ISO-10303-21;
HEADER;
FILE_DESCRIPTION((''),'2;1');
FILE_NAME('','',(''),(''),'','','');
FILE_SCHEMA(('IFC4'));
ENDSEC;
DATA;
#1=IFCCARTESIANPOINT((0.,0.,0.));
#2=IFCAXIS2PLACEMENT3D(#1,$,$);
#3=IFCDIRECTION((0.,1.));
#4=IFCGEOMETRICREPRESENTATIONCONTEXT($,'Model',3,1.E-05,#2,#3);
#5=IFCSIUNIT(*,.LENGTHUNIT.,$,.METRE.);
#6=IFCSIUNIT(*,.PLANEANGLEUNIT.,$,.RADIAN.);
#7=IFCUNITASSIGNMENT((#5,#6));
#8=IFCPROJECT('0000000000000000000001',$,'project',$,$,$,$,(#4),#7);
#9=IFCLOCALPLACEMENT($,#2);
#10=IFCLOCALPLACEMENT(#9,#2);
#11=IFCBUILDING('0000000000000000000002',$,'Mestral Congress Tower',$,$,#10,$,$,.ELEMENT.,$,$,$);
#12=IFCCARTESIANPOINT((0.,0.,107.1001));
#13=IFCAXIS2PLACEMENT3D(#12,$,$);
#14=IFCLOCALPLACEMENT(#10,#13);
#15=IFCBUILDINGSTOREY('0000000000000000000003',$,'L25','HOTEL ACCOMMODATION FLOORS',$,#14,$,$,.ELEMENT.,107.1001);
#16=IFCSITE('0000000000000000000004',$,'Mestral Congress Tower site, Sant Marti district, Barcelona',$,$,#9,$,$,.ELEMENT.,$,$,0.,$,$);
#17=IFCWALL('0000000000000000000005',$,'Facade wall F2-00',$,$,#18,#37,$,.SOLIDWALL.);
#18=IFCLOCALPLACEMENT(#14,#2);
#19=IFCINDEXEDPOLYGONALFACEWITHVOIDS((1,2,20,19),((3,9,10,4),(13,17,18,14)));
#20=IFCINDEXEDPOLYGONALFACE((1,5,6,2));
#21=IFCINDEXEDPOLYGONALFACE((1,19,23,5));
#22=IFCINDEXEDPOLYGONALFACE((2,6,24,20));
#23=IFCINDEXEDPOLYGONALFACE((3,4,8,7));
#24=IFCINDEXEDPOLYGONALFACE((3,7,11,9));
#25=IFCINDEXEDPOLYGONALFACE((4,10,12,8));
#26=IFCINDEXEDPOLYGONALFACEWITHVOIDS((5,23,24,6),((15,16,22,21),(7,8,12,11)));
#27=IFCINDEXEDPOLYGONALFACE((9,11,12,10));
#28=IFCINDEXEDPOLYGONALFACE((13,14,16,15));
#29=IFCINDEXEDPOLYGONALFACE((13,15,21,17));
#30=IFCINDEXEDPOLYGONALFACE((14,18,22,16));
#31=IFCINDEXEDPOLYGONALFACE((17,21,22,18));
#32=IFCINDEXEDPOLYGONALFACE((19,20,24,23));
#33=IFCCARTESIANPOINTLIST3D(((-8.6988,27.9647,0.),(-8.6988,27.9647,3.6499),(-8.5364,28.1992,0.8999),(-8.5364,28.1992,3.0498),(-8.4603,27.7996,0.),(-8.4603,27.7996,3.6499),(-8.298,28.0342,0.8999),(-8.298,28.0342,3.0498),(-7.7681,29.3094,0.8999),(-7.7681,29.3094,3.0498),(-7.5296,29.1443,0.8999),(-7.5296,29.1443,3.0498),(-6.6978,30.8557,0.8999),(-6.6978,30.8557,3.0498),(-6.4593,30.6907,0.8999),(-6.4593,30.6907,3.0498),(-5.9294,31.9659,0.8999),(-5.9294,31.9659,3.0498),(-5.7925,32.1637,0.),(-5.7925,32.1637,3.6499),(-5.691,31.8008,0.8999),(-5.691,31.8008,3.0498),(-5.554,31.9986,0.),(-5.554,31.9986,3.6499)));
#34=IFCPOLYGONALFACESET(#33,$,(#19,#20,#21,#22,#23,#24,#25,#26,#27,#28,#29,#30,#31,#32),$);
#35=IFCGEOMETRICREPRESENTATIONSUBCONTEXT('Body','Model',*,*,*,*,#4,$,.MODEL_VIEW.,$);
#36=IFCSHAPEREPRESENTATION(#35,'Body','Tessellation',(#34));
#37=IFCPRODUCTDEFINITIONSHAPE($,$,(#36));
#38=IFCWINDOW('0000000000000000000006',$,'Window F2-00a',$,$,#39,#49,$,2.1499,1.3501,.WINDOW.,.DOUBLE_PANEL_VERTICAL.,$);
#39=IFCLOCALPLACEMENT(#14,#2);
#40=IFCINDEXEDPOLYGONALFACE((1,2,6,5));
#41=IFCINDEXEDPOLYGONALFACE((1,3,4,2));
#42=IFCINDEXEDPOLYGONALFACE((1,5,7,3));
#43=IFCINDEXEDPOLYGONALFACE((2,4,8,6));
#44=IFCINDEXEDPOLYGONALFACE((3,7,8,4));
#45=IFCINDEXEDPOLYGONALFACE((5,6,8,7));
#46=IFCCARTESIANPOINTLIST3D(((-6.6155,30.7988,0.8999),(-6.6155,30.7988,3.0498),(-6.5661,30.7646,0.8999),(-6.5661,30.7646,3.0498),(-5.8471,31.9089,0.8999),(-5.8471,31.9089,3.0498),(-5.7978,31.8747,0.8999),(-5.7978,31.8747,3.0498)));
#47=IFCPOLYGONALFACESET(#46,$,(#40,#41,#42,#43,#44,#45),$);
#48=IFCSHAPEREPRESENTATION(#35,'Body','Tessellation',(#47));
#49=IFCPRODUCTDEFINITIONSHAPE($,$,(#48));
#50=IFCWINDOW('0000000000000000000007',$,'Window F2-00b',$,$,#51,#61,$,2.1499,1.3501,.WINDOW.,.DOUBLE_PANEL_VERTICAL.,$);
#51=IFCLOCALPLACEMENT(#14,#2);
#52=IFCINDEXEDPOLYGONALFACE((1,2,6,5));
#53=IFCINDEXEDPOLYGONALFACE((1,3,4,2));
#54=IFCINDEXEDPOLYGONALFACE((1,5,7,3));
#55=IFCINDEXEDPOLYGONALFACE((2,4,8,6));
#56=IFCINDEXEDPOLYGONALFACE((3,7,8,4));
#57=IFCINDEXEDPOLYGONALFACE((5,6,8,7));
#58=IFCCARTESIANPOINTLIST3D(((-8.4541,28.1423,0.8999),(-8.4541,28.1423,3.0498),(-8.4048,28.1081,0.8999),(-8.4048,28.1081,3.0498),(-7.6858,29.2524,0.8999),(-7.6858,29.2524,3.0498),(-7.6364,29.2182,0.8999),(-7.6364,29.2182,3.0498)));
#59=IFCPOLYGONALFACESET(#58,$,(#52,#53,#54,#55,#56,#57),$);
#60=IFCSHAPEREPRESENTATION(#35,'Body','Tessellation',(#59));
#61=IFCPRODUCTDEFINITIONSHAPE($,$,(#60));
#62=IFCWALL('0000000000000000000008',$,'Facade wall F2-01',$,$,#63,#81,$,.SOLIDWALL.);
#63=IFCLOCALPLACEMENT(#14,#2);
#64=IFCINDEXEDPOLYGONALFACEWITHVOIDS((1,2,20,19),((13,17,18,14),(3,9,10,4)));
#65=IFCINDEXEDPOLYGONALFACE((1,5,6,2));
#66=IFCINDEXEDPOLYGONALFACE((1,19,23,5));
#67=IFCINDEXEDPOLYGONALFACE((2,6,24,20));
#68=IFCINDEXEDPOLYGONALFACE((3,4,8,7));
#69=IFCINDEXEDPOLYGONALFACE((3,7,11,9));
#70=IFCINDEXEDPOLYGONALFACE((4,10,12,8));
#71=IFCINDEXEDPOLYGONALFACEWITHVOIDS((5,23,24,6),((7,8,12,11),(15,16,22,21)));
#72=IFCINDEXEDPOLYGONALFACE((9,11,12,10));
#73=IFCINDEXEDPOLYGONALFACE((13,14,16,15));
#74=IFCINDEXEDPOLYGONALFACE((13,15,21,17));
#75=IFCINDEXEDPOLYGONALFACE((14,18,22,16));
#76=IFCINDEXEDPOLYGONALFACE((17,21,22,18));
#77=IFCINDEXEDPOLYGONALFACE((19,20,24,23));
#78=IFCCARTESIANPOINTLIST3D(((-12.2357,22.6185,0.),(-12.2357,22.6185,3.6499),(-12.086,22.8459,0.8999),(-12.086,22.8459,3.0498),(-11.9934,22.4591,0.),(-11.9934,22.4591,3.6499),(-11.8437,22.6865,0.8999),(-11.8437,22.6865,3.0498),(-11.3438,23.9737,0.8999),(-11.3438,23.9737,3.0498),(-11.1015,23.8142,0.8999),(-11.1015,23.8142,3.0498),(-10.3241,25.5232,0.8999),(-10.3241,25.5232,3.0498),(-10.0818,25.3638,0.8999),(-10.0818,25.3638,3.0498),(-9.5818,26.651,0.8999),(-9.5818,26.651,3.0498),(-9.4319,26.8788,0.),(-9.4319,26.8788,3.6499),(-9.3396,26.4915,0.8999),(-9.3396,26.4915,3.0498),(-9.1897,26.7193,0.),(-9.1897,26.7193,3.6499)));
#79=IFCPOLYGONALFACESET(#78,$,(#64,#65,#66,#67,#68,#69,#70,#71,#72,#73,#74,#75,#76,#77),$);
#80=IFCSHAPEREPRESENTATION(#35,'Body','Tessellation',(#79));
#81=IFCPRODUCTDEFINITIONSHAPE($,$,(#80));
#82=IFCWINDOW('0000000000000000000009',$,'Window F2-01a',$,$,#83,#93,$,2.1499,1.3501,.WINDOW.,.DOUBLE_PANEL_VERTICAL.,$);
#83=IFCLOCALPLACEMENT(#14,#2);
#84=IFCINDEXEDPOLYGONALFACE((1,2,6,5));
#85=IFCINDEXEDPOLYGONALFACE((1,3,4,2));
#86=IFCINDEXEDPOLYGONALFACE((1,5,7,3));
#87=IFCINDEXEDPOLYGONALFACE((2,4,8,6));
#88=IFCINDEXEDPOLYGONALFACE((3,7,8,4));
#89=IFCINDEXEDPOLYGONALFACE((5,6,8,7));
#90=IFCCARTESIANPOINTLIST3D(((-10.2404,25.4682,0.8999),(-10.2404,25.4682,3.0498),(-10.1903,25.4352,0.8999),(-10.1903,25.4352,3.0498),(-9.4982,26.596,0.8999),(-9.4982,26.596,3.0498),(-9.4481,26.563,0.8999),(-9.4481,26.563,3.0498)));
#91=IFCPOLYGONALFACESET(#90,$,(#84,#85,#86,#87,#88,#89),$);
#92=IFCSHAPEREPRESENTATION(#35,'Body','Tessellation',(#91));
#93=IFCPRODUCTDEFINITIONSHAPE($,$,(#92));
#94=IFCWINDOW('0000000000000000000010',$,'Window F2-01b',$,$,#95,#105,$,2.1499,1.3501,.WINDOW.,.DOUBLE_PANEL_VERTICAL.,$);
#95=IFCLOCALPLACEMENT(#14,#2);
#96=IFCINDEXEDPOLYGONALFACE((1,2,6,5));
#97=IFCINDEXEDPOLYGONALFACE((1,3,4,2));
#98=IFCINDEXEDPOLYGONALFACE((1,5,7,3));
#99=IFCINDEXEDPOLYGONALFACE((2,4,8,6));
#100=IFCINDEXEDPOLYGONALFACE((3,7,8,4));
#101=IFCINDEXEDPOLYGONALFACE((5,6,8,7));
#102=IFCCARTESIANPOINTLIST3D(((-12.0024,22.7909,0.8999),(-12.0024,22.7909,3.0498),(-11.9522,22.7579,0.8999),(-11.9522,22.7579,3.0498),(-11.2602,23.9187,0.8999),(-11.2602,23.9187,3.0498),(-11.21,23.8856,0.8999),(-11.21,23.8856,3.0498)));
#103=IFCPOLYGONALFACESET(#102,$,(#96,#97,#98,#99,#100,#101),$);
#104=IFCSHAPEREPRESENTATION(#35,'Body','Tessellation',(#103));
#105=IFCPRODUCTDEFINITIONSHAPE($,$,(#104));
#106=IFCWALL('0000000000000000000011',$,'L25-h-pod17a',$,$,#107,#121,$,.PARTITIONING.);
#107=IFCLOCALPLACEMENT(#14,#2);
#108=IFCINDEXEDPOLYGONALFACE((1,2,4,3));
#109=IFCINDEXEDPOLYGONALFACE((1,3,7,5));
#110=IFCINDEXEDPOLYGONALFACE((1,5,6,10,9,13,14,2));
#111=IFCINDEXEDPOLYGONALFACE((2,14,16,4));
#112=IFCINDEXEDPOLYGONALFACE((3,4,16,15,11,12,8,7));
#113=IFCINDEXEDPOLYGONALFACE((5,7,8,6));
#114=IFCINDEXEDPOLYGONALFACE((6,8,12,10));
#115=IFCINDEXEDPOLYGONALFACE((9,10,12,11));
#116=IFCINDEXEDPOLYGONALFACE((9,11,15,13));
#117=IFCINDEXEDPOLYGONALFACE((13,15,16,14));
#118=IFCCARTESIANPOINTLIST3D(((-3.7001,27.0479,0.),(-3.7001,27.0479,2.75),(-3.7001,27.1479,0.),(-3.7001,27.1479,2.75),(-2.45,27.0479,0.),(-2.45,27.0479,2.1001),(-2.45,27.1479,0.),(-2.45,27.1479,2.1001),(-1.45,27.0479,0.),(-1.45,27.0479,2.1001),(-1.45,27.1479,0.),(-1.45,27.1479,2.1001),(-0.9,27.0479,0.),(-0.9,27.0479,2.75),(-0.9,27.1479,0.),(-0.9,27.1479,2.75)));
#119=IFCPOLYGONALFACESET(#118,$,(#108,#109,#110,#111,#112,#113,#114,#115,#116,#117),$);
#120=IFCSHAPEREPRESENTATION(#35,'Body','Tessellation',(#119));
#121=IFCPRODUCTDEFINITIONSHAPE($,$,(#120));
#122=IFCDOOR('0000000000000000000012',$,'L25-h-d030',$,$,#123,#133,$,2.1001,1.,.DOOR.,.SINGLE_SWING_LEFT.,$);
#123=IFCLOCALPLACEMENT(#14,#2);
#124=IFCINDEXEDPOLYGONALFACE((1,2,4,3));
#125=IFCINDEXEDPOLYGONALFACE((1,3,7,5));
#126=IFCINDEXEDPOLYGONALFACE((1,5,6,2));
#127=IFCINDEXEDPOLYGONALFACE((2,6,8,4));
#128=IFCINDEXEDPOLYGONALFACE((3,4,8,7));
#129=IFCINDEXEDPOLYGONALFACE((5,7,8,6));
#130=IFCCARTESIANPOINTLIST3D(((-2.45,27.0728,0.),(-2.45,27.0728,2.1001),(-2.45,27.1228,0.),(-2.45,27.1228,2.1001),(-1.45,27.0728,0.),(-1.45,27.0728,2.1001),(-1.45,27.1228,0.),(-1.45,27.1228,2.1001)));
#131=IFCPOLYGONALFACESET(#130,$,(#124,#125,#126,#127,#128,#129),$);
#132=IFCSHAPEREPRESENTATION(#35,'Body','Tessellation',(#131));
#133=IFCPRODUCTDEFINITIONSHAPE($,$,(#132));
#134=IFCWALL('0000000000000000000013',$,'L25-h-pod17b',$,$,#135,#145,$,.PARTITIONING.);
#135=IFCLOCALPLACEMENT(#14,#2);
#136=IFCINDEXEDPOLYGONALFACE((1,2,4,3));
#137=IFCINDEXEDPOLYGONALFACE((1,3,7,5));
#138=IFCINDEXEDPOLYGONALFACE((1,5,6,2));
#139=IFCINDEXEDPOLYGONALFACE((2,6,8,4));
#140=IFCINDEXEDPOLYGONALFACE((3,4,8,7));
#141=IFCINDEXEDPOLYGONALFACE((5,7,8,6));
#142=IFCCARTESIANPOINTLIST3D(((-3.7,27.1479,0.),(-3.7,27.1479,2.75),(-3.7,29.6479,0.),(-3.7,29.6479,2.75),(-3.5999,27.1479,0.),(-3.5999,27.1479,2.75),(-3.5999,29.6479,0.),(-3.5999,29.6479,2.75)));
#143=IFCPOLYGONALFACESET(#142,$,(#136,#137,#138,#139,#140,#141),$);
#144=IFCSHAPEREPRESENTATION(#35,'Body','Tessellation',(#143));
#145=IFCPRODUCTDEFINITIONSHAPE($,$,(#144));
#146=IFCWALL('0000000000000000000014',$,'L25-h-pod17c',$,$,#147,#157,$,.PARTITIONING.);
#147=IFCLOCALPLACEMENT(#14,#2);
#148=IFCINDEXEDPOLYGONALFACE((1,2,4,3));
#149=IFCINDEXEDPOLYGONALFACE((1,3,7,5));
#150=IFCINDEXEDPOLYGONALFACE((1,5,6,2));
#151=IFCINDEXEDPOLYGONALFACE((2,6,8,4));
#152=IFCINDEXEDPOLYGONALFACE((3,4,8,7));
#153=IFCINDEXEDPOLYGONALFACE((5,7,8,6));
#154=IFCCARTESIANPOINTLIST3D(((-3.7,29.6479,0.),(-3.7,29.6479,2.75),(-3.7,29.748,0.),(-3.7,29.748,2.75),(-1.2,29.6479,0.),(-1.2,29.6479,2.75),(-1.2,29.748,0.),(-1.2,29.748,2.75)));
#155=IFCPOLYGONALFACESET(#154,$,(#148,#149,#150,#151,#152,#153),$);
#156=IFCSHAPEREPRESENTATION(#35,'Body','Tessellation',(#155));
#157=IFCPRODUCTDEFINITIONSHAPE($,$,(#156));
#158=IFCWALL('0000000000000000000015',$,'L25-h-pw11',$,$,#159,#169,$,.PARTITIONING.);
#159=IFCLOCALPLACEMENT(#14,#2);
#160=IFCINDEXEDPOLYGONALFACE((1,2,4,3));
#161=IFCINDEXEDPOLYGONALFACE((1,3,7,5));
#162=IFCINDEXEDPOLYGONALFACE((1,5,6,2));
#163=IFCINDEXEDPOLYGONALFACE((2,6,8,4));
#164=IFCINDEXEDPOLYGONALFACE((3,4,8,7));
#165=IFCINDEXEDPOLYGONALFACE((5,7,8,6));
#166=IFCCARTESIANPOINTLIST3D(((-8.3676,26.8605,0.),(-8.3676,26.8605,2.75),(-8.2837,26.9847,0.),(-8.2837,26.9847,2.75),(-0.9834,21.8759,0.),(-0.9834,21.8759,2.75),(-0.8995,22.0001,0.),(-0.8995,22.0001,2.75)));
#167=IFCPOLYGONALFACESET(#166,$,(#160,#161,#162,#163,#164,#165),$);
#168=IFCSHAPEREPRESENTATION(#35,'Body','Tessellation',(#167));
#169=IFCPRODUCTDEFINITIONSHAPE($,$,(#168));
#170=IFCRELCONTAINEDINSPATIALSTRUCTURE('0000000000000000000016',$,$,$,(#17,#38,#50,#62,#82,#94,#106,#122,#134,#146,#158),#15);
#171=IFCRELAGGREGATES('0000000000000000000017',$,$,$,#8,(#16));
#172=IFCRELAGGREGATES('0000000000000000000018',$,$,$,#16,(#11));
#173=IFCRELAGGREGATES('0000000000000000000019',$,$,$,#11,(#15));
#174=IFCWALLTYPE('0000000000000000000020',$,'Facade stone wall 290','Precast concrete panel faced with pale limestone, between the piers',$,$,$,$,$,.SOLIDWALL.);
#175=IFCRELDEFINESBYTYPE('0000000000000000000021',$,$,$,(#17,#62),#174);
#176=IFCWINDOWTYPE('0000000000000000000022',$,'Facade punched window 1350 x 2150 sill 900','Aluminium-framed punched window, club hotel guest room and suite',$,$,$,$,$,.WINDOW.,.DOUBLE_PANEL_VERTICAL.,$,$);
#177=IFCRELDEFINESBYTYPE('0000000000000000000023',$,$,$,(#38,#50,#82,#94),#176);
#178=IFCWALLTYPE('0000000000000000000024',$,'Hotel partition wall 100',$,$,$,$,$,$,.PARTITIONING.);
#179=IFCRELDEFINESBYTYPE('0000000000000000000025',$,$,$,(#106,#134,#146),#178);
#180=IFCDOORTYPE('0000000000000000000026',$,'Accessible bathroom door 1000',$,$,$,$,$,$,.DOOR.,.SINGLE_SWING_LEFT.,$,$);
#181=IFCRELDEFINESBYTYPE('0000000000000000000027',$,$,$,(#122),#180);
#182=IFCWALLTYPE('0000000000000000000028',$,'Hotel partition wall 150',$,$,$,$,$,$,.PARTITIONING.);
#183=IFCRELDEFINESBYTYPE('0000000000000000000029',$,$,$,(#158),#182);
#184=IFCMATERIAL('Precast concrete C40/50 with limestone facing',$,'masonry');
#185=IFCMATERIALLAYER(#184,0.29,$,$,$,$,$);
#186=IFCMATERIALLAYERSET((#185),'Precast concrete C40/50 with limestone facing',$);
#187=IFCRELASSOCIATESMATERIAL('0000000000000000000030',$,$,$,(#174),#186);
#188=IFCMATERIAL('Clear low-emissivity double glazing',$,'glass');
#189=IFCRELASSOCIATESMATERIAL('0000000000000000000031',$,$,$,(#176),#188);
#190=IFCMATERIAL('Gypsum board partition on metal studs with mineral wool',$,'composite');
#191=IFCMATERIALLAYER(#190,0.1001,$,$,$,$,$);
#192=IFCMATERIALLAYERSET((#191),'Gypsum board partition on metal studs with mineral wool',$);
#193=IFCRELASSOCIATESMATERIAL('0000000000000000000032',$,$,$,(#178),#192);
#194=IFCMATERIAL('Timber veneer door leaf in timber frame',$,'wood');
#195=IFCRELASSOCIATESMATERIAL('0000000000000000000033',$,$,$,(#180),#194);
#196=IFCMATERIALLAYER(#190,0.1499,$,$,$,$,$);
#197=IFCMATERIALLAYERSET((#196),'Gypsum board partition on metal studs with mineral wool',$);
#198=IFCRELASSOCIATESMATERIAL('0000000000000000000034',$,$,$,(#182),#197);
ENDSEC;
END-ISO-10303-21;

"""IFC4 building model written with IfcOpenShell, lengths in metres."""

from ifc_helpers import new_model, si_unit, direction, frame, frame_2d, origin, place, context, subcontext, project, spatial, rectangle, extrude, material, layer, layer_set, type_object, element, fill, save


model = new_model("IFC4")

# Units and contexts
model_context = context("Model", 3, precision=1e-05, world=origin(), true_north=direction((0.0, 1.0)))
body_context = subcontext(model_context, "Body", "Model", "MODEL_VIEW")
ifc_project = project(units=[si_unit("LENGTHUNIT", "METRE"), si_unit("PLANEANGLEUNIT", "RADIAN")], contexts=[model_context])

# Site, building, storey
site_placement = place(None, origin())
site = spatial("IfcSite", under=ifc_project, at=site_placement, Name="Mestral Congress Tower site, Sant Marti district, Barcelona", CompositionType="ELEMENT", RefElevation=0.0)
building_placement = place(site_placement, origin())
building = spatial("IfcBuilding", under=site, at=building_placement, Name="Mestral Congress Tower", CompositionType="ELEMENT")
storey_placement = place(building_placement, frame((0.0, 0.0, 107.1001)))
storey = spatial("IfcBuildingStorey", under=building, at=storey_placement, Name="L25", Description="HOTEL ACCOMMODATION FLOORS", CompositionType="ELEMENT", Elevation=107.1001)

# Shared definitions
ifc_material_1 = material(Name="Precast concrete C40/50 with limestone facing", Category="masonry")
ifc_layer_1 = layer(ifc_material_1, 0.29)
ifc_layer_set_1 = layer_set([ifc_layer_1], Name="Precast concrete C40/50 with limestone facing")
wall_type_1 = type_object("IfcWallType", Name="Facade stone wall 290", Description="Precast concrete panel faced with pale limestone, between the piers", PredefinedType="SOLIDWALL", material=ifc_layer_set_1)

# Shared definitions
ifc_material_2 = material(Name="Clear low-emissivity double glazing", Category="glass")

# Walls, openings, windows
wall_1_placement = place(storey_placement, frame((-5.6733, 32.0811, 0.0), z_axis=(0.0, 0.0, 1.0), x_axis=(-0.569113, -0.822259, 0.0)))
wall_1 = element("IfcWall", 1, at=wall_1_placement, inside=storey, type_object=wall_type_1, Name="Facade wall F2-00", PredefinedType="SOLIDWALL", context=body_context, shape_type="SweptSolid", body=[
    extrude(rectangle(XDim=5.1067, YDim=0.29, at=frame_2d((2.5532, 0.0))), origin(), (0.0, 0.0, 1.0), 3.6499),
])
opening_1_placement = place(wall_1_placement, frame((0.2405, 0.0, 0.8999)))
opening_1 = element("IfcOpeningElement", 2, at=opening_1_placement, cuts=wall_1, PredefinedType="OPENING", context=body_context, shape_type="SweptSolid", body=[
    extrude(rectangle(XDim=1.3501, YDim=2.1499, at=frame_2d((0.675, 1.075))), frame((0.0, 0.155, 0.0), z_axis=(0.0, -1.0, 0.0), x_axis=(1.0, 0.0, 0.0)), (0.0, 0.0, 1.0), 0.3101),
])
opening_2_placement = place(wall_1_placement, frame((3.4712, 0.0, 0.8999)))
opening_2 = element("IfcOpeningElement", 3, at=opening_2_placement, cuts=wall_1, PredefinedType="OPENING", context=body_context, shape_type="SweptSolid", body=[
    extrude(rectangle(XDim=1.3501, YDim=2.1499, at=frame_2d((0.675, 1.075))), frame((0.0, 0.155, 0.0), z_axis=(0.0, -1.0, 0.0), x_axis=(1.0, 0.0, 0.0)), (0.0, 0.0, 1.0), 0.3101),
])
window_type_1 = type_object("IfcWindowType", Name="Facade punched window 1350 x 2150 sill 900", Description="Aluminium-framed punched window, club hotel guest room and suite", PartitioningType="DOUBLE_PANEL_VERTICAL", PredefinedType="WINDOW", material=ifc_material_2)
window_1_placement = place(opening_1_placement, origin())
window_1 = element("IfcWindow", 4, at=window_1_placement, inside=storey, type_object=window_type_1, Name="Window F2-00a", OverallHeight=2.1499, OverallWidth=1.3501, PartitioningType="DOUBLE_PANEL_VERTICAL", PredefinedType="WINDOW", context=body_context, shape_type="SweptSolid", body=[
    extrude(rectangle(XDim=1.3501, YDim=2.1499, at=frame_2d((0.675, 1.075))), frame((0.0, 0.0151, 0.0), z_axis=(0.0, -1.0, 0.0), x_axis=(1.0, 0.0, 0.0)), (0.0, 0.0, 1.0), 0.0601),
])
fill(opening_1, window_1)
window_2_placement = place(opening_2_placement, origin())
window_2 = element("IfcWindow", 5, at=window_2_placement, inside=storey, type_object=window_type_1, Name="Window F2-00b", OverallHeight=2.1499, OverallWidth=1.3501, PartitioningType="DOUBLE_PANEL_VERTICAL", PredefinedType="WINDOW", context=body_context, shape_type="SweptSolid", body=[
    extrude(rectangle(XDim=1.3501, YDim=2.1499, at=frame_2d((0.675, 1.075))), frame((0.0, 0.0151, 0.0), z_axis=(0.0, -1.0, 0.0), x_axis=(1.0, 0.0, 0.0)), (0.0, 0.0, 1.0), 0.0601),
])
fill(opening_2, window_2)
wall_2_placement = place(storey_placement, frame((-9.3108, 26.7991, 0.0), z_axis=(0.0, 0.0, 1.0), x_axis=(-0.549741, -0.835335, 0.0)))
wall_2 = element("IfcWall", 6, at=wall_2_placement, inside=storey, type_object=wall_type_1, Name="Facade wall F2-01", PredefinedType="SOLIDWALL", context=body_context, shape_type="SweptSolid", body=[
    extrude(rectangle(XDim=5.1001, YDim=0.29, at=frame_2d((2.55, 0.0))), origin(), (0.0, 0.0, 1.0), 3.6499),
])
opening_3_placement = place(wall_2_placement, frame((0.2727, 0.0, 0.8999)))
opening_3 = element("IfcOpeningElement", 7, at=opening_3_placement, cuts=wall_2, PredefinedType="OPENING", context=body_context, shape_type="SweptSolid", body=[
    extrude(rectangle(XDim=1.3501, YDim=2.1499, at=frame_2d((0.675, 1.075))), frame((0.0, 0.155, 0.0), z_axis=(0.0, -1.0, 0.0), x_axis=(1.0, 0.0, 0.0)), (0.0, 0.0, 1.0), 0.3101),
])
opening_4_placement = place(wall_2_placement, frame((3.4778, 0.0, 0.8999)))
opening_4 = element("IfcOpeningElement", 8, at=opening_4_placement, cuts=wall_2, PredefinedType="OPENING", context=body_context, shape_type="SweptSolid", body=[
    extrude(rectangle(XDim=1.3501, YDim=2.1499, at=frame_2d((0.675, 1.075))), frame((0.0, 0.155, 0.0), z_axis=(0.0, -1.0, 0.0), x_axis=(1.0, 0.0, 0.0)), (0.0, 0.0, 1.0), 0.3101),
])
window_3_placement = place(opening_3_placement, origin())
window_3 = element("IfcWindow", 9, at=window_3_placement, inside=storey, type_object=window_type_1, Name="Window F2-01a", OverallHeight=2.1499, OverallWidth=1.3501, PartitioningType="DOUBLE_PANEL_VERTICAL", PredefinedType="WINDOW", context=body_context, shape_type="SweptSolid", body=[
    extrude(rectangle(XDim=1.3501, YDim=2.1499, at=frame_2d((0.675, 1.075))), frame((0.0, 0.0151, 0.0), z_axis=(0.0, -1.0, 0.0), x_axis=(1.0, 0.0, 0.0)), (0.0, 0.0, 1.0), 0.0601),
])
fill(opening_3, window_3)
window_4_placement = place(opening_4_placement, origin())
window_4 = element("IfcWindow", 10, at=window_4_placement, inside=storey, type_object=window_type_1, Name="Window F2-01b", OverallHeight=2.1499, OverallWidth=1.3501, PartitioningType="DOUBLE_PANEL_VERTICAL", PredefinedType="WINDOW", context=body_context, shape_type="SweptSolid", body=[
    extrude(rectangle(XDim=1.3501, YDim=2.1499, at=frame_2d((0.675, 1.075))), frame((0.0, 0.0151, 0.0), z_axis=(0.0, -1.0, 0.0), x_axis=(1.0, 0.0, 0.0)), (0.0, 0.0, 1.0), 0.0601),
])
fill(opening_4, window_4)

# Wall, opening, door
ifc_material_3 = material(Name="Gypsum board partition on metal studs with mineral wool", Category="composite")
ifc_layer_2 = layer(ifc_material_3, 0.1001)
ifc_layer_set_2 = layer_set([ifc_layer_2], Name="Gypsum board partition on metal studs with mineral wool")
wall_type_2 = type_object("IfcWallType", Name="Hotel partition wall 100", PredefinedType="PARTITIONING", material=ifc_layer_set_2)
wall_3_placement = place(storey_placement, frame((-3.7, 27.0979, 0.0), z_axis=(0.0, 0.0, 1.0), x_axis=(1.0, 0.0, 0.0)))
wall_3 = element("IfcWall", 11, at=wall_3_placement, inside=storey, type_object=wall_type_2, Name="L25-h-pod17a", PredefinedType="PARTITIONING", context=body_context, shape_type="SweptSolid", body=[
    extrude(rectangle(XDim=2.8, YDim=0.1001, at=frame_2d((1.3999, 0.0))), origin(), (0.0, 0.0, 1.0), 2.75),
])
opening_5_placement = place(wall_3_placement, frame((1.25, 0.0, 0.0)))
opening_5 = element("IfcOpeningElement", 12, at=opening_5_placement, cuts=wall_3, PredefinedType="OPENING", context=body_context, shape_type="SweptSolid", body=[
    extrude(rectangle(XDim=1.0, YDim=2.1001, at=frame_2d((0.5, 1.05))), frame((0.0, 0.0601, 0.0), z_axis=(0.0, -1.0, 0.0), x_axis=(1.0, 0.0, 0.0)), (0.0, 0.0, 1.0), 0.1201),
])
ifc_material_4 = material(Name="Timber veneer door leaf in timber frame", Category="wood")
door_type = type_object("IfcDoorType", Name="Accessible bathroom door 1000", OperationType="SINGLE_SWING_LEFT", PredefinedType="DOOR", material=ifc_material_4)
door_placement = place(opening_5_placement, origin())
door = element("IfcDoor", 13, at=door_placement, inside=storey, type_object=door_type, Name="L25-h-d030", OperationType="SINGLE_SWING_LEFT", OverallHeight=2.1001, OverallWidth=1.0, PredefinedType="DOOR", context=body_context, shape_type="SweptSolid", body=[
    extrude(rectangle(XDim=1.0, YDim=2.1001, at=frame_2d((0.5, 1.05))), frame((0.0, 0.0249, 0.0), z_axis=(0.0, -1.0, 0.0), x_axis=(1.0, 0.0, 0.0)), (0.0, 0.0, 1.0), 0.05),
])
fill(opening_5, door)

# Walls
for number, where, z_axis, x_axis, name in (
    (14, (-3.6499, 27.1479, 0.0), (0.0, 0.0, 1.0), (0.0, 1.0, 0.0), "L25-h-pod17b"),
    (15, (-1.2, 29.698, 0.0), (0.0, 0.0, 1.0), (-1.0, 0.0, 0.0), "L25-h-pod17c"),
):
    element("IfcWall", number, at=place(storey_placement, frame(where, z_axis=z_axis, x_axis=x_axis)), inside=storey, type_object=wall_type_2, Name=name, PredefinedType="PARTITIONING", context=body_context, shape_type="SweptSolid", body=[
        extrude(rectangle(XDim=2.5, YDim=0.1001, at=frame_2d((1.25, 0.0))), origin(), (0.0, 0.0, 1.0), 2.75),
    ])
ifc_layer_3 = layer(ifc_material_3, 0.1499)
ifc_layer_set_3 = layer_set([ifc_layer_3], Name="Gypsum board partition on metal studs with mineral wool")
wall_type_3 = type_object("IfcWallType", Name="Hotel partition wall 150", PredefinedType="PARTITIONING", material=ifc_layer_set_3)
wall_4_placement = place(storey_placement, frame((-8.3257, 26.9226, 0.0), z_axis=(0.0, 0.0, 1.0), x_axis=(0.828837, -0.559491, 0.0)))
element("IfcWall", 16, at=wall_4_placement, inside=storey, type_object=wall_type_3, Name="L25-h-pw11", PredefinedType="PARTITIONING", context=body_context, shape_type="SweptSolid", body=[
    extrude(rectangle(XDim=8.9092, YDim=0.1499, at=frame_2d((4.4546, 0.0))), origin(), (0.0, 0.0, 1.0), 2.75),
])

save(model, "model.ifc")
